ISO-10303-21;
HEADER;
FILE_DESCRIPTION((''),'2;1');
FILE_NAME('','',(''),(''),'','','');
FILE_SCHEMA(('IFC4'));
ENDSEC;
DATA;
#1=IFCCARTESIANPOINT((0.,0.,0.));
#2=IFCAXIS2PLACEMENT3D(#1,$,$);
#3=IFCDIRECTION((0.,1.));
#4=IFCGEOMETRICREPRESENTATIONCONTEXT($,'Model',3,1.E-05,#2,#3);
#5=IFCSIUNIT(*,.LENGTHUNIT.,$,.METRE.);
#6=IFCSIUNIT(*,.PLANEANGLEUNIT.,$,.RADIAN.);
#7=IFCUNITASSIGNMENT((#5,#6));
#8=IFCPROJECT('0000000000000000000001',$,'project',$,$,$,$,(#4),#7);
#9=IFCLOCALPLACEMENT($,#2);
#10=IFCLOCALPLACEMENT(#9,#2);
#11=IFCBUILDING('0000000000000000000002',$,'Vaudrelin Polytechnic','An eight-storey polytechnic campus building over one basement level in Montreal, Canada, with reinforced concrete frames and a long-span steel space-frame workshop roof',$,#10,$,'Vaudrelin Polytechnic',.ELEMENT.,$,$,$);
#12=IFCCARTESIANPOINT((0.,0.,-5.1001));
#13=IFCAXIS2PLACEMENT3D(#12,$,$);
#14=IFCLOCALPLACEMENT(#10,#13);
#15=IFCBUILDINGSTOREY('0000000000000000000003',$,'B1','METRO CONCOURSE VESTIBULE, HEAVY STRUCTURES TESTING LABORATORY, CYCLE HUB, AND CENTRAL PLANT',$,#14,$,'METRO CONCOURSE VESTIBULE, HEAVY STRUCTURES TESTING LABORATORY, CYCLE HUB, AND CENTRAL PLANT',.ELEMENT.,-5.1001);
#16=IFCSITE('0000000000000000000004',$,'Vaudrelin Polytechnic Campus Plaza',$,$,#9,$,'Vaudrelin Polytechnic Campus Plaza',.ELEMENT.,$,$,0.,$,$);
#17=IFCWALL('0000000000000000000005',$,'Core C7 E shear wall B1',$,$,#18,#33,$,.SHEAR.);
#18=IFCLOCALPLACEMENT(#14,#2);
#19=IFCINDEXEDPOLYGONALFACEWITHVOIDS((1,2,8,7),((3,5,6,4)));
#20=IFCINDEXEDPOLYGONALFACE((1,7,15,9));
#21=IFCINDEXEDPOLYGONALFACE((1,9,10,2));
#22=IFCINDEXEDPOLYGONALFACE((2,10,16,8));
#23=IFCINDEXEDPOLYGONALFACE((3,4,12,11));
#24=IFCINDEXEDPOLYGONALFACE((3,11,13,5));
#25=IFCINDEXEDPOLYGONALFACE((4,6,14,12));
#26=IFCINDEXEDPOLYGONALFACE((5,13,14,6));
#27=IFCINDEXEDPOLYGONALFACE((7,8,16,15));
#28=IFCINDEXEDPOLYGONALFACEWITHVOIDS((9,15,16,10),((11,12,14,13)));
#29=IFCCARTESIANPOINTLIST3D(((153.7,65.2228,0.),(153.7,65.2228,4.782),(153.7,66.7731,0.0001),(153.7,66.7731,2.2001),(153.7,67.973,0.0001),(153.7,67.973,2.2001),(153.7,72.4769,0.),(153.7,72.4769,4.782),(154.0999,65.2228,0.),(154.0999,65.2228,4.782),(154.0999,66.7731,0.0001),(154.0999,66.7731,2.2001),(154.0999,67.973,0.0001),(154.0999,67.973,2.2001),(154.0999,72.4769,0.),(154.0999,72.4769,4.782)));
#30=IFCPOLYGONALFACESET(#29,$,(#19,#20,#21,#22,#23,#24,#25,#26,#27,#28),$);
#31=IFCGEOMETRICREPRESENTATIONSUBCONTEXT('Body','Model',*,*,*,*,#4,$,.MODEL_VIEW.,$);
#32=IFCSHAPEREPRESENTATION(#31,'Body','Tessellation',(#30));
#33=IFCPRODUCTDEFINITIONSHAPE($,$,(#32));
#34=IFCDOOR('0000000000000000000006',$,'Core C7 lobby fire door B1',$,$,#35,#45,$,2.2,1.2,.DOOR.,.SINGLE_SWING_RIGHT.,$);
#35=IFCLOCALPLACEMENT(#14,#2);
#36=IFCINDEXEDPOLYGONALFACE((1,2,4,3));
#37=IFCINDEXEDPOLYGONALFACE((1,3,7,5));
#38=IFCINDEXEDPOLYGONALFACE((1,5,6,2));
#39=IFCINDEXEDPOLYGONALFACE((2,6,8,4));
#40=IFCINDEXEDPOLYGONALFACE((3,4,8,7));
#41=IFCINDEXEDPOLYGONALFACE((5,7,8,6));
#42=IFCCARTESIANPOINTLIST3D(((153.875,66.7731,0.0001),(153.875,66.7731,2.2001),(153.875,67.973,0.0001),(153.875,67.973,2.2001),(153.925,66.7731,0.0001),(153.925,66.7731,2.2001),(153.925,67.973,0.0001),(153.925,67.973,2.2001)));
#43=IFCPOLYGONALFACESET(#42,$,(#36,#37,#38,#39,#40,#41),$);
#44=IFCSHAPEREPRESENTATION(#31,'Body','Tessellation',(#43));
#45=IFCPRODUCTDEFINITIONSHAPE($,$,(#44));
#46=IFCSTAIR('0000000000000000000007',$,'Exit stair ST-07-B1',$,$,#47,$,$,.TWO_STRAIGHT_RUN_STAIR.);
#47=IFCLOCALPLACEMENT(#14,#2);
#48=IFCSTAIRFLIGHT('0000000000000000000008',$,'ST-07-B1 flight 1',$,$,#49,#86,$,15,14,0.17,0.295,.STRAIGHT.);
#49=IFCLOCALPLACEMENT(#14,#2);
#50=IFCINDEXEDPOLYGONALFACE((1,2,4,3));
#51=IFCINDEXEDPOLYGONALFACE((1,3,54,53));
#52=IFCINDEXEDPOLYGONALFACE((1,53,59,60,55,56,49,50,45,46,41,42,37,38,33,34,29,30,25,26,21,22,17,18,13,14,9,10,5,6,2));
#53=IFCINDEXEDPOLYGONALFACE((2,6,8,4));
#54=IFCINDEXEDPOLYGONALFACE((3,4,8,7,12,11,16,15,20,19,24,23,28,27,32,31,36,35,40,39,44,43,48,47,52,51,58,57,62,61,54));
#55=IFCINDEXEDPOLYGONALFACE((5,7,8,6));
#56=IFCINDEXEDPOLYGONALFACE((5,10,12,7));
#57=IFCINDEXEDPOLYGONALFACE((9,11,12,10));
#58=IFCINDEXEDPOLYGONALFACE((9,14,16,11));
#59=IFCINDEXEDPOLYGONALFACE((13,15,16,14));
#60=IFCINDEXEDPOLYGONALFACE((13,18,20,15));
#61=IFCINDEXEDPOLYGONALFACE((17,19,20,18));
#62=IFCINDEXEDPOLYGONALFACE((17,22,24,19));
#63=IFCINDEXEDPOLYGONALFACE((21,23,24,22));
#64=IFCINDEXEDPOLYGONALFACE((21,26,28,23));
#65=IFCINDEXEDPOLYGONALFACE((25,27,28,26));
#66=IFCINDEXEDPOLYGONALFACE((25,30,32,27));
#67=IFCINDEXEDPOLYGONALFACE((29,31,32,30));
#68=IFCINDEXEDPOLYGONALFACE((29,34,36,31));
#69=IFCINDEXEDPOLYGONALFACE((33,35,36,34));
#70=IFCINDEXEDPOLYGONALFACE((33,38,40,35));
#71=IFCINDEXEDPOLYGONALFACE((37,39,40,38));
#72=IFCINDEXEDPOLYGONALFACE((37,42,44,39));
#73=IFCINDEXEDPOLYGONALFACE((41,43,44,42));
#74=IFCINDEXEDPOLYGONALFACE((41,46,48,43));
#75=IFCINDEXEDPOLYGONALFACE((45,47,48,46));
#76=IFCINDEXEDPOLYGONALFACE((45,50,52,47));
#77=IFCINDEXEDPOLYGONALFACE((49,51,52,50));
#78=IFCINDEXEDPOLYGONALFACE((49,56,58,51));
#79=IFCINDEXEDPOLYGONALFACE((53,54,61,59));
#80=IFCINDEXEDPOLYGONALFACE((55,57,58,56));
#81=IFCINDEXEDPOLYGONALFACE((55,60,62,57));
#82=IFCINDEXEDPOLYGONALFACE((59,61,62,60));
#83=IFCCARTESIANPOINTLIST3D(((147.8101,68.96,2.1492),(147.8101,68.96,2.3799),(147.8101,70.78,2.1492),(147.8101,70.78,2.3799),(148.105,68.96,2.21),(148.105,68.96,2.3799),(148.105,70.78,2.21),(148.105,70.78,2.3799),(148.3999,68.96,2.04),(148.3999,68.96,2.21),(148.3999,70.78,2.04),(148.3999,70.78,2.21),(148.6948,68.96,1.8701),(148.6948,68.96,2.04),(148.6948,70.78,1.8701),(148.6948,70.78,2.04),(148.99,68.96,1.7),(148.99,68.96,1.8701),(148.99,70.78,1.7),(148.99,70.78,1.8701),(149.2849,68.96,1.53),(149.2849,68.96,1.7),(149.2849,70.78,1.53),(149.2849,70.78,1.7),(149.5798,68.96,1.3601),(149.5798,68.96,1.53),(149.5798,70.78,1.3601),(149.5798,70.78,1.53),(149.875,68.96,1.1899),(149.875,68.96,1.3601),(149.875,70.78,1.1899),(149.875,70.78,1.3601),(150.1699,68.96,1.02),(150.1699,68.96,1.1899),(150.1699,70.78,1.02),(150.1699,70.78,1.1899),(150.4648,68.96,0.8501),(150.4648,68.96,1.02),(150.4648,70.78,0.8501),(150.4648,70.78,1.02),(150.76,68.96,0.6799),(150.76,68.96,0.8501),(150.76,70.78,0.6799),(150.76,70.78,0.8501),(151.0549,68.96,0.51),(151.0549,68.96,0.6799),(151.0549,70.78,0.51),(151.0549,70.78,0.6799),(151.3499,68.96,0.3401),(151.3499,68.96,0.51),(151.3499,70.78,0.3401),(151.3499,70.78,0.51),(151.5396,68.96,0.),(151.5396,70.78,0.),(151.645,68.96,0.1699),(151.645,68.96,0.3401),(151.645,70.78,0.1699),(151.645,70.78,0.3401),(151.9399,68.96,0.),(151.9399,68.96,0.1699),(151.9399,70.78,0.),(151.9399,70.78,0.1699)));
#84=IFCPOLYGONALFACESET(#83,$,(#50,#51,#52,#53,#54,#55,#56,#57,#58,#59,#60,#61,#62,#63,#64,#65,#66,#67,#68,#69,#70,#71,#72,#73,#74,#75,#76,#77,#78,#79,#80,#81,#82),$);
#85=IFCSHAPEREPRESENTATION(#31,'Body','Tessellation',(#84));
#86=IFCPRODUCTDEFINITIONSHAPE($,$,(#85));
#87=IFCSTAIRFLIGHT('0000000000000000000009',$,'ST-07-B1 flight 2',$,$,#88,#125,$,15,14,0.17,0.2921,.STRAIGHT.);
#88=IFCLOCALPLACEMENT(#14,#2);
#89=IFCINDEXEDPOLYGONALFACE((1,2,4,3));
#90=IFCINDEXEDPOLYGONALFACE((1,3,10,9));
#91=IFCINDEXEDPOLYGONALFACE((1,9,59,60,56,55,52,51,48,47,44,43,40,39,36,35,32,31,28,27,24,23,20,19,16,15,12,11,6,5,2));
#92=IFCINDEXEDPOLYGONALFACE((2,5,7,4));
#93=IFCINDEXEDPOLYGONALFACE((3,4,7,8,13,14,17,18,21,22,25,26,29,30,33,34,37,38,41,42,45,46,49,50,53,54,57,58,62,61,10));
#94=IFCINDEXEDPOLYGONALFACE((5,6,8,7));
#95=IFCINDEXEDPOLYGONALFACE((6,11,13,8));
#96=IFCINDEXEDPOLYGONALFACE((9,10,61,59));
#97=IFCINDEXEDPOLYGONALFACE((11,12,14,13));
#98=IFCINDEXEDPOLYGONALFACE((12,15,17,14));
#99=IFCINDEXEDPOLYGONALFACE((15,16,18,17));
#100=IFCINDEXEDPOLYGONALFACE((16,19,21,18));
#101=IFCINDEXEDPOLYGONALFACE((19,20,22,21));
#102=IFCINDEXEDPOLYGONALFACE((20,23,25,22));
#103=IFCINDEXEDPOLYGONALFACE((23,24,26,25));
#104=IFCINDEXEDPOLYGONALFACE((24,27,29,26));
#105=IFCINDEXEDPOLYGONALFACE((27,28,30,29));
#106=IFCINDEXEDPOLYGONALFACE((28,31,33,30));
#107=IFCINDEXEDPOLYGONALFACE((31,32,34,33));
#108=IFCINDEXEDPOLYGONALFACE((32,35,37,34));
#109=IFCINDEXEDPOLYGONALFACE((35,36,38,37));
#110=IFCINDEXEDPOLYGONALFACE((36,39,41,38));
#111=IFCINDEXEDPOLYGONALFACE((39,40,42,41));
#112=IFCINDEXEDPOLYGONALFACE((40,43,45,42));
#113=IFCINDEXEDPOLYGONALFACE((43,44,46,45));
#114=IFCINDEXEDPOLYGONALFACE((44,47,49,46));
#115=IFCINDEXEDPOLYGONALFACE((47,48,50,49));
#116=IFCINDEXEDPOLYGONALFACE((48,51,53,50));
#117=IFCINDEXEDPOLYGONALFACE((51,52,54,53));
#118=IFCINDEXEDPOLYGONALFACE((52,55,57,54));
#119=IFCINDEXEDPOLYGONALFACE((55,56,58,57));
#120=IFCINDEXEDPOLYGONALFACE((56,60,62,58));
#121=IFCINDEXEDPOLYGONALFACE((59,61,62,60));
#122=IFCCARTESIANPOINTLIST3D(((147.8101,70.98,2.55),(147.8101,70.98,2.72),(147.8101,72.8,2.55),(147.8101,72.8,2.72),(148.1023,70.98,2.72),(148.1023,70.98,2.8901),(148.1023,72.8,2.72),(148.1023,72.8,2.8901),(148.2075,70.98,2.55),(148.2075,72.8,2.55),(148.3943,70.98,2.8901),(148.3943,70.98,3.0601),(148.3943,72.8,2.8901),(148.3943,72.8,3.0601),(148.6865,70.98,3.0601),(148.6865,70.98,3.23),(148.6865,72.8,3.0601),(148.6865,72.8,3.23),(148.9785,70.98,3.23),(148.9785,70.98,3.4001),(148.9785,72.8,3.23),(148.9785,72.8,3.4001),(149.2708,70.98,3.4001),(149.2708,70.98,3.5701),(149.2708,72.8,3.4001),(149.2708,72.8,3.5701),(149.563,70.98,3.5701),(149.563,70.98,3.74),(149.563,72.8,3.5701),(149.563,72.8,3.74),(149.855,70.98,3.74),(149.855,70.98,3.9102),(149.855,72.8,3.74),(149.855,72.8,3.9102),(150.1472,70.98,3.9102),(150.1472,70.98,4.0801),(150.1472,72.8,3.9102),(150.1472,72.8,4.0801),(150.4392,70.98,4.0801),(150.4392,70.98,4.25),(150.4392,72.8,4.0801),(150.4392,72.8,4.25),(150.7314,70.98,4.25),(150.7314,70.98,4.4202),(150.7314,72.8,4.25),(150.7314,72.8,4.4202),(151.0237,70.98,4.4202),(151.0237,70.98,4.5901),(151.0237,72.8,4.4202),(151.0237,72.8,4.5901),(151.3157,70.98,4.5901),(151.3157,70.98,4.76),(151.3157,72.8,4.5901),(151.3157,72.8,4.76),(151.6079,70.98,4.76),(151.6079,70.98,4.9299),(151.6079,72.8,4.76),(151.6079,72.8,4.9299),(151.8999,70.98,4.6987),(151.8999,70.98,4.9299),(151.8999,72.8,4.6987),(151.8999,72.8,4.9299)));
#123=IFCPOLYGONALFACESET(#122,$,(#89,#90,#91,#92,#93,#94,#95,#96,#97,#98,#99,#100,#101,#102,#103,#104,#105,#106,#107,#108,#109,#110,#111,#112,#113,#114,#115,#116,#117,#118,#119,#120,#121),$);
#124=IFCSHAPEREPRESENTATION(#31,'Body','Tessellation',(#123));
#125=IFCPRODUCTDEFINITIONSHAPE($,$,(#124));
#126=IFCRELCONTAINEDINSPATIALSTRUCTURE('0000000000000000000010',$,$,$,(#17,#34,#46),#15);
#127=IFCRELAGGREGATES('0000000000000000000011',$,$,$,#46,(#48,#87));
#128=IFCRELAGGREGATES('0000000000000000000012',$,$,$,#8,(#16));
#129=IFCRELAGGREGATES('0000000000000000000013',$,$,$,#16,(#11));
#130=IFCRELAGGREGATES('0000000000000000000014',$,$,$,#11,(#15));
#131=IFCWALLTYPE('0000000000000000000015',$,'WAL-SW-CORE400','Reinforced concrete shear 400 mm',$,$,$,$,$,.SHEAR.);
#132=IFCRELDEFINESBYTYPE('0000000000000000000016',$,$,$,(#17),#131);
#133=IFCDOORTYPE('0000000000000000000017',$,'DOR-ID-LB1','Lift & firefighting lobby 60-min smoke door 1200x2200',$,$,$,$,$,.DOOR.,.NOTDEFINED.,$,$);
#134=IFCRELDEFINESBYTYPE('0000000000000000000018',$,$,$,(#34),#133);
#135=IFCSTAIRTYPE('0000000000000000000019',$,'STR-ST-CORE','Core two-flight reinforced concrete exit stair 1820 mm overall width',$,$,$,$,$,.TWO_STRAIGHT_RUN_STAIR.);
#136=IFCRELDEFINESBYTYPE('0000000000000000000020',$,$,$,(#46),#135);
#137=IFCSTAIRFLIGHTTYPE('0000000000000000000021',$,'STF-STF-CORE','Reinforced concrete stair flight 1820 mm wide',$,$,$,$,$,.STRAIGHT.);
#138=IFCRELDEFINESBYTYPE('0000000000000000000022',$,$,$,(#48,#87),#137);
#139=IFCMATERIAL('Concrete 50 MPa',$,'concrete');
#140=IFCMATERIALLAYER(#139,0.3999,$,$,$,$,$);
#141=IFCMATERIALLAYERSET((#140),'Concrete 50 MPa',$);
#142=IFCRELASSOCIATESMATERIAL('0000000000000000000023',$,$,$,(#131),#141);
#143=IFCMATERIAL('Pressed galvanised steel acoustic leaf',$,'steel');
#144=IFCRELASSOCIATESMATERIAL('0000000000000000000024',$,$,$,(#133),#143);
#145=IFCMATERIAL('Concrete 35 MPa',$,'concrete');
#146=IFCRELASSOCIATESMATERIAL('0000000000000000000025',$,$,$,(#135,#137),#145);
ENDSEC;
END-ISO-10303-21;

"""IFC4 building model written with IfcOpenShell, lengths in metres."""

from ifc_helpers import new_model, si_unit, direction, frame, frame_2d, origin, place, context, subcontext, project, spatial, polyline, rectangle, outline, extrude, material, layer, layer_set, type_object, element, fill, aggregate, save


model = new_model("IFC4")

# Units and contexts
model_context = context("Model", 3, precision=1e-05, world=origin(), true_north=direction((0.0, 1.0)))
body_context = subcontext(model_context, "Body", "Model", "MODEL_VIEW")
ifc_project = project(units=[si_unit("LENGTHUNIT", "METRE"), si_unit("PLANEANGLEUNIT", "RADIAN")], contexts=[model_context])

# Site, building, storey
site_placement = place(None, origin())
site = spatial("IfcSite", under=ifc_project, at=site_placement, Name="Vaudrelin Polytechnic Campus Plaza", LongName="Vaudrelin Polytechnic Campus Plaza", CompositionType="ELEMENT", RefElevation=0.0)
building_placement = place(site_placement, origin())
building = spatial("IfcBuilding", under=site, at=building_placement, Name="Vaudrelin Polytechnic", Description="An eight-storey polytechnic campus building over one basement level in Montreal, Canada, with reinforced concrete frames and a long-span steel space-frame workshop roof", LongName="Vaudrelin Polytechnic", CompositionType="ELEMENT")
storey_placement = place(building_placement, frame((0.0, 0.0, -5.1001)))
storey = spatial("IfcBuildingStorey", under=building, at=storey_placement, Name="B1", Description="METRO CONCOURSE VESTIBULE, HEAVY STRUCTURES TESTING LABORATORY, CYCLE HUB, AND CENTRAL PLANT", LongName="METRO CONCOURSE VESTIBULE, HEAVY STRUCTURES TESTING LABORATORY, CYCLE HUB, AND CENTRAL PLANT", CompositionType="ELEMENT", Elevation=-5.1001)

# Shared definitions
ifc_material_1 = material(Name="Concrete 50 MPa", Category="concrete")

# Shared definitions
ifc_material_2 = material(Name="Pressed galvanised steel acoustic leaf", Category="steel")

# Shared definitions
ifc_layer_1 = layer(ifc_material_1, 0.3999)
ifc_layer_set_1 = layer_set([ifc_layer_1], Name="Concrete 50 MPa")
wall_type_1 = type_object("IfcWallType", Name="WAL-SW-CORE400", Description="Reinforced concrete shear 400 mm", PredefinedType="SHEAR", material=ifc_layer_set_1)

# Wall, opening, door
wall_1_placement = place(storey_placement, frame((153.8999, 65.2229, 0.0), z_axis=(0.0, 0.0, 1.0), x_axis=(0.0, 1.0, 0.0)))
wall_1 = element("IfcWall", 1, at=wall_1_placement, inside=storey, type_object=wall_type_1, Name="Core C7 E shear wall B1", PredefinedType="SHEAR", context=body_context, shape_type="SweptSolid", body=[
    extrude(rectangle(XDim=7.2542, YDim=0.3999, at=frame_2d((3.627, 0.0))), origin(), (0.0, 0.0, 1.0), 4.782),
])
opening_1_placement = place(wall_1_placement, frame((1.55, 0.0, 0.0)))
opening_1 = element("IfcOpeningElement", 2, at=opening_1_placement, cuts=wall_1, PredefinedType="OPENING", context=body_context, shape_type="SweptSolid", body=[
    extrude(rectangle(XDim=1.2, YDim=2.2, at=frame_2d((0.6001, 1.1001))), frame((0.0, 0.21, 0.0), z_axis=(0.0, -1.0, 0.0), x_axis=(1.0, 0.0, 0.0)), (0.0, 0.0, 1.0), 0.4199),
])
door_type_1 = type_object("IfcDoorType", Name="DOR-ID-LB1", Description="Lift & firefighting lobby 60-min smoke door 1200x2200", OperationType="NOTDEFINED", PredefinedType="DOOR", material=ifc_material_2)
door_1_placement = place(opening_1_placement, origin())
door_1 = element("IfcDoor", 3, at=door_1_placement, inside=storey, type_object=door_type_1, Name="Core C7 lobby fire door B1", OperationType="SINGLE_SWING_RIGHT", OverallHeight=2.2, OverallWidth=1.2, PredefinedType="DOOR", context=body_context, shape_type="SweptSolid", body=[
    extrude(rectangle(XDim=1.2, YDim=2.2, at=frame_2d((0.6001, 1.1001))), frame((0.0, 0.0249, 0.0), z_axis=(0.0, -1.0, 0.0), x_axis=(1.0, 0.0, 0.0)), (0.0, 0.0, 1.0), 0.05),
])
fill(opening_1, door_1)

# Stair, stair flights
ifc_material_3 = material(Name="Concrete 35 MPa", Category="concrete")
stair_type = type_object("IfcStairType", Name="STR-ST-CORE", Description="Core two-flight reinforced concrete exit stair 1820 mm overall width", PredefinedType="TWO_STRAIGHT_RUN_STAIR", material=ifc_material_3)
stair_placement = place(storey_placement, origin())
stair = element("IfcStair", 4, at=stair_placement, inside=storey, type_object=stair_type, Name="Exit stair ST-07-B1", PredefinedType="TWO_STRAIGHT_RUN_STAIR")
stair_flight_type = type_object("IfcStairFlightType", Name="STF-STF-CORE", Description="Reinforced concrete stair flight 1820 mm wide", PredefinedType="STRAIGHT", material=ifc_material_3)
stair_flight_1_placement = place(storey_placement, frame((151.9399, 69.8701, 0.0), z_axis=(0.0, 0.0, 1.0), x_axis=(-1.0, 0.0, 0.0)))
stair_flight_1 = element("IfcStairFlight", 5, at=stair_flight_1_placement, type_object=stair_flight_type, Name="ST-07-B1 flight 1", NumberOfRisers=15, NumberOfTreads=14, PredefinedType="STRAIGHT", RiserHeight=0.17, TreadLength=0.295, context=body_context, shape_type="SweptSolid", body=[
    extrude(outline(polyline([(0.0, 0.0), (0.0, 0.1699), (0.2949, 0.1699), (0.2949, 0.3401), (0.5901, 0.3401), (0.5901, 0.51), (0.885, 0.51), (0.885, 0.6799), (1.1799, 0.6799), (1.1799, 0.8501), (1.4751, 0.8501), (1.4751, 1.02), (1.77, 1.02), (1.77, 1.1899), (2.0649, 1.1899), (2.0649, 1.3601), (2.3601, 1.3601), (2.3601, 1.53), (2.655, 1.53), (2.655, 1.7), (2.95, 1.7), (2.95, 1.8701), (3.2451, 1.8701), (3.2451, 2.04), (3.54, 2.04), (3.54, 2.21), (3.835, 2.21), (3.835, 2.3799), (4.1299, 2.3799), (4.1299, 2.55), (4.1299, 2.1492), (0.4004, 0.0), (0.0, 0.0)])), frame((0.0, 0.9102, 0.0), z_axis=(0.0, -1.0, 0.0), x_axis=(1.0, 0.0, 0.0)), (0.0, 0.0, 1.0), 1.8201),
])
stair_flight_2_placement = place(storey_placement, frame((147.8101, 71.8899, 2.55), z_axis=(0.0, 0.0, 1.0), x_axis=(1.0, 0.0, 0.0)))
stair_flight_2 = element("IfcStairFlight", 6, at=stair_flight_2_placement, type_object=stair_flight_type, Name="ST-07-B1 flight 2", NumberOfRisers=15, NumberOfTreads=14, PredefinedType="STRAIGHT", RiserHeight=0.17, TreadLength=0.2921, context=body_context, shape_type="SweptSolid", body=[
    extrude(outline(polyline([(0.0, 0.0), (0.0, 0.1699), (0.2922, 0.1699), (0.2922, 0.3401), (0.5842, 0.3401), (0.5842, 0.51), (0.8765, 0.51), (0.8765, 0.6799), (1.1685, 0.6799), (1.1685, 0.8501), (1.4607, 0.8501), (1.4607, 1.02), (1.7529, 1.02), (1.7529, 1.1899), (2.0449, 1.1899), (2.0449, 1.3601), (2.3372, 1.3601), (2.3372, 1.53), (2.6292, 1.53), (2.6292, 1.7), (2.9214, 1.7), (2.9214, 1.8701), (3.2136, 1.8701), (3.2136, 2.04), (3.5056, 2.04), (3.5056, 2.21), (3.7979, 2.21), (3.7979, 2.3799), (4.0898, 2.3799), (4.0898, 2.55), (4.0898, 2.1487), (0.3975, 0.0), (0.0, 0.0)])), frame((0.0, 0.9102, 0.0), z_axis=(0.0, -1.0, 0.0), x_axis=(1.0, 0.0, 0.0)), (0.0, 0.0, 1.0), 1.8201),
])
aggregate(stair, [stair_flight_1, stair_flight_2])

save(model, "model.ifc")
